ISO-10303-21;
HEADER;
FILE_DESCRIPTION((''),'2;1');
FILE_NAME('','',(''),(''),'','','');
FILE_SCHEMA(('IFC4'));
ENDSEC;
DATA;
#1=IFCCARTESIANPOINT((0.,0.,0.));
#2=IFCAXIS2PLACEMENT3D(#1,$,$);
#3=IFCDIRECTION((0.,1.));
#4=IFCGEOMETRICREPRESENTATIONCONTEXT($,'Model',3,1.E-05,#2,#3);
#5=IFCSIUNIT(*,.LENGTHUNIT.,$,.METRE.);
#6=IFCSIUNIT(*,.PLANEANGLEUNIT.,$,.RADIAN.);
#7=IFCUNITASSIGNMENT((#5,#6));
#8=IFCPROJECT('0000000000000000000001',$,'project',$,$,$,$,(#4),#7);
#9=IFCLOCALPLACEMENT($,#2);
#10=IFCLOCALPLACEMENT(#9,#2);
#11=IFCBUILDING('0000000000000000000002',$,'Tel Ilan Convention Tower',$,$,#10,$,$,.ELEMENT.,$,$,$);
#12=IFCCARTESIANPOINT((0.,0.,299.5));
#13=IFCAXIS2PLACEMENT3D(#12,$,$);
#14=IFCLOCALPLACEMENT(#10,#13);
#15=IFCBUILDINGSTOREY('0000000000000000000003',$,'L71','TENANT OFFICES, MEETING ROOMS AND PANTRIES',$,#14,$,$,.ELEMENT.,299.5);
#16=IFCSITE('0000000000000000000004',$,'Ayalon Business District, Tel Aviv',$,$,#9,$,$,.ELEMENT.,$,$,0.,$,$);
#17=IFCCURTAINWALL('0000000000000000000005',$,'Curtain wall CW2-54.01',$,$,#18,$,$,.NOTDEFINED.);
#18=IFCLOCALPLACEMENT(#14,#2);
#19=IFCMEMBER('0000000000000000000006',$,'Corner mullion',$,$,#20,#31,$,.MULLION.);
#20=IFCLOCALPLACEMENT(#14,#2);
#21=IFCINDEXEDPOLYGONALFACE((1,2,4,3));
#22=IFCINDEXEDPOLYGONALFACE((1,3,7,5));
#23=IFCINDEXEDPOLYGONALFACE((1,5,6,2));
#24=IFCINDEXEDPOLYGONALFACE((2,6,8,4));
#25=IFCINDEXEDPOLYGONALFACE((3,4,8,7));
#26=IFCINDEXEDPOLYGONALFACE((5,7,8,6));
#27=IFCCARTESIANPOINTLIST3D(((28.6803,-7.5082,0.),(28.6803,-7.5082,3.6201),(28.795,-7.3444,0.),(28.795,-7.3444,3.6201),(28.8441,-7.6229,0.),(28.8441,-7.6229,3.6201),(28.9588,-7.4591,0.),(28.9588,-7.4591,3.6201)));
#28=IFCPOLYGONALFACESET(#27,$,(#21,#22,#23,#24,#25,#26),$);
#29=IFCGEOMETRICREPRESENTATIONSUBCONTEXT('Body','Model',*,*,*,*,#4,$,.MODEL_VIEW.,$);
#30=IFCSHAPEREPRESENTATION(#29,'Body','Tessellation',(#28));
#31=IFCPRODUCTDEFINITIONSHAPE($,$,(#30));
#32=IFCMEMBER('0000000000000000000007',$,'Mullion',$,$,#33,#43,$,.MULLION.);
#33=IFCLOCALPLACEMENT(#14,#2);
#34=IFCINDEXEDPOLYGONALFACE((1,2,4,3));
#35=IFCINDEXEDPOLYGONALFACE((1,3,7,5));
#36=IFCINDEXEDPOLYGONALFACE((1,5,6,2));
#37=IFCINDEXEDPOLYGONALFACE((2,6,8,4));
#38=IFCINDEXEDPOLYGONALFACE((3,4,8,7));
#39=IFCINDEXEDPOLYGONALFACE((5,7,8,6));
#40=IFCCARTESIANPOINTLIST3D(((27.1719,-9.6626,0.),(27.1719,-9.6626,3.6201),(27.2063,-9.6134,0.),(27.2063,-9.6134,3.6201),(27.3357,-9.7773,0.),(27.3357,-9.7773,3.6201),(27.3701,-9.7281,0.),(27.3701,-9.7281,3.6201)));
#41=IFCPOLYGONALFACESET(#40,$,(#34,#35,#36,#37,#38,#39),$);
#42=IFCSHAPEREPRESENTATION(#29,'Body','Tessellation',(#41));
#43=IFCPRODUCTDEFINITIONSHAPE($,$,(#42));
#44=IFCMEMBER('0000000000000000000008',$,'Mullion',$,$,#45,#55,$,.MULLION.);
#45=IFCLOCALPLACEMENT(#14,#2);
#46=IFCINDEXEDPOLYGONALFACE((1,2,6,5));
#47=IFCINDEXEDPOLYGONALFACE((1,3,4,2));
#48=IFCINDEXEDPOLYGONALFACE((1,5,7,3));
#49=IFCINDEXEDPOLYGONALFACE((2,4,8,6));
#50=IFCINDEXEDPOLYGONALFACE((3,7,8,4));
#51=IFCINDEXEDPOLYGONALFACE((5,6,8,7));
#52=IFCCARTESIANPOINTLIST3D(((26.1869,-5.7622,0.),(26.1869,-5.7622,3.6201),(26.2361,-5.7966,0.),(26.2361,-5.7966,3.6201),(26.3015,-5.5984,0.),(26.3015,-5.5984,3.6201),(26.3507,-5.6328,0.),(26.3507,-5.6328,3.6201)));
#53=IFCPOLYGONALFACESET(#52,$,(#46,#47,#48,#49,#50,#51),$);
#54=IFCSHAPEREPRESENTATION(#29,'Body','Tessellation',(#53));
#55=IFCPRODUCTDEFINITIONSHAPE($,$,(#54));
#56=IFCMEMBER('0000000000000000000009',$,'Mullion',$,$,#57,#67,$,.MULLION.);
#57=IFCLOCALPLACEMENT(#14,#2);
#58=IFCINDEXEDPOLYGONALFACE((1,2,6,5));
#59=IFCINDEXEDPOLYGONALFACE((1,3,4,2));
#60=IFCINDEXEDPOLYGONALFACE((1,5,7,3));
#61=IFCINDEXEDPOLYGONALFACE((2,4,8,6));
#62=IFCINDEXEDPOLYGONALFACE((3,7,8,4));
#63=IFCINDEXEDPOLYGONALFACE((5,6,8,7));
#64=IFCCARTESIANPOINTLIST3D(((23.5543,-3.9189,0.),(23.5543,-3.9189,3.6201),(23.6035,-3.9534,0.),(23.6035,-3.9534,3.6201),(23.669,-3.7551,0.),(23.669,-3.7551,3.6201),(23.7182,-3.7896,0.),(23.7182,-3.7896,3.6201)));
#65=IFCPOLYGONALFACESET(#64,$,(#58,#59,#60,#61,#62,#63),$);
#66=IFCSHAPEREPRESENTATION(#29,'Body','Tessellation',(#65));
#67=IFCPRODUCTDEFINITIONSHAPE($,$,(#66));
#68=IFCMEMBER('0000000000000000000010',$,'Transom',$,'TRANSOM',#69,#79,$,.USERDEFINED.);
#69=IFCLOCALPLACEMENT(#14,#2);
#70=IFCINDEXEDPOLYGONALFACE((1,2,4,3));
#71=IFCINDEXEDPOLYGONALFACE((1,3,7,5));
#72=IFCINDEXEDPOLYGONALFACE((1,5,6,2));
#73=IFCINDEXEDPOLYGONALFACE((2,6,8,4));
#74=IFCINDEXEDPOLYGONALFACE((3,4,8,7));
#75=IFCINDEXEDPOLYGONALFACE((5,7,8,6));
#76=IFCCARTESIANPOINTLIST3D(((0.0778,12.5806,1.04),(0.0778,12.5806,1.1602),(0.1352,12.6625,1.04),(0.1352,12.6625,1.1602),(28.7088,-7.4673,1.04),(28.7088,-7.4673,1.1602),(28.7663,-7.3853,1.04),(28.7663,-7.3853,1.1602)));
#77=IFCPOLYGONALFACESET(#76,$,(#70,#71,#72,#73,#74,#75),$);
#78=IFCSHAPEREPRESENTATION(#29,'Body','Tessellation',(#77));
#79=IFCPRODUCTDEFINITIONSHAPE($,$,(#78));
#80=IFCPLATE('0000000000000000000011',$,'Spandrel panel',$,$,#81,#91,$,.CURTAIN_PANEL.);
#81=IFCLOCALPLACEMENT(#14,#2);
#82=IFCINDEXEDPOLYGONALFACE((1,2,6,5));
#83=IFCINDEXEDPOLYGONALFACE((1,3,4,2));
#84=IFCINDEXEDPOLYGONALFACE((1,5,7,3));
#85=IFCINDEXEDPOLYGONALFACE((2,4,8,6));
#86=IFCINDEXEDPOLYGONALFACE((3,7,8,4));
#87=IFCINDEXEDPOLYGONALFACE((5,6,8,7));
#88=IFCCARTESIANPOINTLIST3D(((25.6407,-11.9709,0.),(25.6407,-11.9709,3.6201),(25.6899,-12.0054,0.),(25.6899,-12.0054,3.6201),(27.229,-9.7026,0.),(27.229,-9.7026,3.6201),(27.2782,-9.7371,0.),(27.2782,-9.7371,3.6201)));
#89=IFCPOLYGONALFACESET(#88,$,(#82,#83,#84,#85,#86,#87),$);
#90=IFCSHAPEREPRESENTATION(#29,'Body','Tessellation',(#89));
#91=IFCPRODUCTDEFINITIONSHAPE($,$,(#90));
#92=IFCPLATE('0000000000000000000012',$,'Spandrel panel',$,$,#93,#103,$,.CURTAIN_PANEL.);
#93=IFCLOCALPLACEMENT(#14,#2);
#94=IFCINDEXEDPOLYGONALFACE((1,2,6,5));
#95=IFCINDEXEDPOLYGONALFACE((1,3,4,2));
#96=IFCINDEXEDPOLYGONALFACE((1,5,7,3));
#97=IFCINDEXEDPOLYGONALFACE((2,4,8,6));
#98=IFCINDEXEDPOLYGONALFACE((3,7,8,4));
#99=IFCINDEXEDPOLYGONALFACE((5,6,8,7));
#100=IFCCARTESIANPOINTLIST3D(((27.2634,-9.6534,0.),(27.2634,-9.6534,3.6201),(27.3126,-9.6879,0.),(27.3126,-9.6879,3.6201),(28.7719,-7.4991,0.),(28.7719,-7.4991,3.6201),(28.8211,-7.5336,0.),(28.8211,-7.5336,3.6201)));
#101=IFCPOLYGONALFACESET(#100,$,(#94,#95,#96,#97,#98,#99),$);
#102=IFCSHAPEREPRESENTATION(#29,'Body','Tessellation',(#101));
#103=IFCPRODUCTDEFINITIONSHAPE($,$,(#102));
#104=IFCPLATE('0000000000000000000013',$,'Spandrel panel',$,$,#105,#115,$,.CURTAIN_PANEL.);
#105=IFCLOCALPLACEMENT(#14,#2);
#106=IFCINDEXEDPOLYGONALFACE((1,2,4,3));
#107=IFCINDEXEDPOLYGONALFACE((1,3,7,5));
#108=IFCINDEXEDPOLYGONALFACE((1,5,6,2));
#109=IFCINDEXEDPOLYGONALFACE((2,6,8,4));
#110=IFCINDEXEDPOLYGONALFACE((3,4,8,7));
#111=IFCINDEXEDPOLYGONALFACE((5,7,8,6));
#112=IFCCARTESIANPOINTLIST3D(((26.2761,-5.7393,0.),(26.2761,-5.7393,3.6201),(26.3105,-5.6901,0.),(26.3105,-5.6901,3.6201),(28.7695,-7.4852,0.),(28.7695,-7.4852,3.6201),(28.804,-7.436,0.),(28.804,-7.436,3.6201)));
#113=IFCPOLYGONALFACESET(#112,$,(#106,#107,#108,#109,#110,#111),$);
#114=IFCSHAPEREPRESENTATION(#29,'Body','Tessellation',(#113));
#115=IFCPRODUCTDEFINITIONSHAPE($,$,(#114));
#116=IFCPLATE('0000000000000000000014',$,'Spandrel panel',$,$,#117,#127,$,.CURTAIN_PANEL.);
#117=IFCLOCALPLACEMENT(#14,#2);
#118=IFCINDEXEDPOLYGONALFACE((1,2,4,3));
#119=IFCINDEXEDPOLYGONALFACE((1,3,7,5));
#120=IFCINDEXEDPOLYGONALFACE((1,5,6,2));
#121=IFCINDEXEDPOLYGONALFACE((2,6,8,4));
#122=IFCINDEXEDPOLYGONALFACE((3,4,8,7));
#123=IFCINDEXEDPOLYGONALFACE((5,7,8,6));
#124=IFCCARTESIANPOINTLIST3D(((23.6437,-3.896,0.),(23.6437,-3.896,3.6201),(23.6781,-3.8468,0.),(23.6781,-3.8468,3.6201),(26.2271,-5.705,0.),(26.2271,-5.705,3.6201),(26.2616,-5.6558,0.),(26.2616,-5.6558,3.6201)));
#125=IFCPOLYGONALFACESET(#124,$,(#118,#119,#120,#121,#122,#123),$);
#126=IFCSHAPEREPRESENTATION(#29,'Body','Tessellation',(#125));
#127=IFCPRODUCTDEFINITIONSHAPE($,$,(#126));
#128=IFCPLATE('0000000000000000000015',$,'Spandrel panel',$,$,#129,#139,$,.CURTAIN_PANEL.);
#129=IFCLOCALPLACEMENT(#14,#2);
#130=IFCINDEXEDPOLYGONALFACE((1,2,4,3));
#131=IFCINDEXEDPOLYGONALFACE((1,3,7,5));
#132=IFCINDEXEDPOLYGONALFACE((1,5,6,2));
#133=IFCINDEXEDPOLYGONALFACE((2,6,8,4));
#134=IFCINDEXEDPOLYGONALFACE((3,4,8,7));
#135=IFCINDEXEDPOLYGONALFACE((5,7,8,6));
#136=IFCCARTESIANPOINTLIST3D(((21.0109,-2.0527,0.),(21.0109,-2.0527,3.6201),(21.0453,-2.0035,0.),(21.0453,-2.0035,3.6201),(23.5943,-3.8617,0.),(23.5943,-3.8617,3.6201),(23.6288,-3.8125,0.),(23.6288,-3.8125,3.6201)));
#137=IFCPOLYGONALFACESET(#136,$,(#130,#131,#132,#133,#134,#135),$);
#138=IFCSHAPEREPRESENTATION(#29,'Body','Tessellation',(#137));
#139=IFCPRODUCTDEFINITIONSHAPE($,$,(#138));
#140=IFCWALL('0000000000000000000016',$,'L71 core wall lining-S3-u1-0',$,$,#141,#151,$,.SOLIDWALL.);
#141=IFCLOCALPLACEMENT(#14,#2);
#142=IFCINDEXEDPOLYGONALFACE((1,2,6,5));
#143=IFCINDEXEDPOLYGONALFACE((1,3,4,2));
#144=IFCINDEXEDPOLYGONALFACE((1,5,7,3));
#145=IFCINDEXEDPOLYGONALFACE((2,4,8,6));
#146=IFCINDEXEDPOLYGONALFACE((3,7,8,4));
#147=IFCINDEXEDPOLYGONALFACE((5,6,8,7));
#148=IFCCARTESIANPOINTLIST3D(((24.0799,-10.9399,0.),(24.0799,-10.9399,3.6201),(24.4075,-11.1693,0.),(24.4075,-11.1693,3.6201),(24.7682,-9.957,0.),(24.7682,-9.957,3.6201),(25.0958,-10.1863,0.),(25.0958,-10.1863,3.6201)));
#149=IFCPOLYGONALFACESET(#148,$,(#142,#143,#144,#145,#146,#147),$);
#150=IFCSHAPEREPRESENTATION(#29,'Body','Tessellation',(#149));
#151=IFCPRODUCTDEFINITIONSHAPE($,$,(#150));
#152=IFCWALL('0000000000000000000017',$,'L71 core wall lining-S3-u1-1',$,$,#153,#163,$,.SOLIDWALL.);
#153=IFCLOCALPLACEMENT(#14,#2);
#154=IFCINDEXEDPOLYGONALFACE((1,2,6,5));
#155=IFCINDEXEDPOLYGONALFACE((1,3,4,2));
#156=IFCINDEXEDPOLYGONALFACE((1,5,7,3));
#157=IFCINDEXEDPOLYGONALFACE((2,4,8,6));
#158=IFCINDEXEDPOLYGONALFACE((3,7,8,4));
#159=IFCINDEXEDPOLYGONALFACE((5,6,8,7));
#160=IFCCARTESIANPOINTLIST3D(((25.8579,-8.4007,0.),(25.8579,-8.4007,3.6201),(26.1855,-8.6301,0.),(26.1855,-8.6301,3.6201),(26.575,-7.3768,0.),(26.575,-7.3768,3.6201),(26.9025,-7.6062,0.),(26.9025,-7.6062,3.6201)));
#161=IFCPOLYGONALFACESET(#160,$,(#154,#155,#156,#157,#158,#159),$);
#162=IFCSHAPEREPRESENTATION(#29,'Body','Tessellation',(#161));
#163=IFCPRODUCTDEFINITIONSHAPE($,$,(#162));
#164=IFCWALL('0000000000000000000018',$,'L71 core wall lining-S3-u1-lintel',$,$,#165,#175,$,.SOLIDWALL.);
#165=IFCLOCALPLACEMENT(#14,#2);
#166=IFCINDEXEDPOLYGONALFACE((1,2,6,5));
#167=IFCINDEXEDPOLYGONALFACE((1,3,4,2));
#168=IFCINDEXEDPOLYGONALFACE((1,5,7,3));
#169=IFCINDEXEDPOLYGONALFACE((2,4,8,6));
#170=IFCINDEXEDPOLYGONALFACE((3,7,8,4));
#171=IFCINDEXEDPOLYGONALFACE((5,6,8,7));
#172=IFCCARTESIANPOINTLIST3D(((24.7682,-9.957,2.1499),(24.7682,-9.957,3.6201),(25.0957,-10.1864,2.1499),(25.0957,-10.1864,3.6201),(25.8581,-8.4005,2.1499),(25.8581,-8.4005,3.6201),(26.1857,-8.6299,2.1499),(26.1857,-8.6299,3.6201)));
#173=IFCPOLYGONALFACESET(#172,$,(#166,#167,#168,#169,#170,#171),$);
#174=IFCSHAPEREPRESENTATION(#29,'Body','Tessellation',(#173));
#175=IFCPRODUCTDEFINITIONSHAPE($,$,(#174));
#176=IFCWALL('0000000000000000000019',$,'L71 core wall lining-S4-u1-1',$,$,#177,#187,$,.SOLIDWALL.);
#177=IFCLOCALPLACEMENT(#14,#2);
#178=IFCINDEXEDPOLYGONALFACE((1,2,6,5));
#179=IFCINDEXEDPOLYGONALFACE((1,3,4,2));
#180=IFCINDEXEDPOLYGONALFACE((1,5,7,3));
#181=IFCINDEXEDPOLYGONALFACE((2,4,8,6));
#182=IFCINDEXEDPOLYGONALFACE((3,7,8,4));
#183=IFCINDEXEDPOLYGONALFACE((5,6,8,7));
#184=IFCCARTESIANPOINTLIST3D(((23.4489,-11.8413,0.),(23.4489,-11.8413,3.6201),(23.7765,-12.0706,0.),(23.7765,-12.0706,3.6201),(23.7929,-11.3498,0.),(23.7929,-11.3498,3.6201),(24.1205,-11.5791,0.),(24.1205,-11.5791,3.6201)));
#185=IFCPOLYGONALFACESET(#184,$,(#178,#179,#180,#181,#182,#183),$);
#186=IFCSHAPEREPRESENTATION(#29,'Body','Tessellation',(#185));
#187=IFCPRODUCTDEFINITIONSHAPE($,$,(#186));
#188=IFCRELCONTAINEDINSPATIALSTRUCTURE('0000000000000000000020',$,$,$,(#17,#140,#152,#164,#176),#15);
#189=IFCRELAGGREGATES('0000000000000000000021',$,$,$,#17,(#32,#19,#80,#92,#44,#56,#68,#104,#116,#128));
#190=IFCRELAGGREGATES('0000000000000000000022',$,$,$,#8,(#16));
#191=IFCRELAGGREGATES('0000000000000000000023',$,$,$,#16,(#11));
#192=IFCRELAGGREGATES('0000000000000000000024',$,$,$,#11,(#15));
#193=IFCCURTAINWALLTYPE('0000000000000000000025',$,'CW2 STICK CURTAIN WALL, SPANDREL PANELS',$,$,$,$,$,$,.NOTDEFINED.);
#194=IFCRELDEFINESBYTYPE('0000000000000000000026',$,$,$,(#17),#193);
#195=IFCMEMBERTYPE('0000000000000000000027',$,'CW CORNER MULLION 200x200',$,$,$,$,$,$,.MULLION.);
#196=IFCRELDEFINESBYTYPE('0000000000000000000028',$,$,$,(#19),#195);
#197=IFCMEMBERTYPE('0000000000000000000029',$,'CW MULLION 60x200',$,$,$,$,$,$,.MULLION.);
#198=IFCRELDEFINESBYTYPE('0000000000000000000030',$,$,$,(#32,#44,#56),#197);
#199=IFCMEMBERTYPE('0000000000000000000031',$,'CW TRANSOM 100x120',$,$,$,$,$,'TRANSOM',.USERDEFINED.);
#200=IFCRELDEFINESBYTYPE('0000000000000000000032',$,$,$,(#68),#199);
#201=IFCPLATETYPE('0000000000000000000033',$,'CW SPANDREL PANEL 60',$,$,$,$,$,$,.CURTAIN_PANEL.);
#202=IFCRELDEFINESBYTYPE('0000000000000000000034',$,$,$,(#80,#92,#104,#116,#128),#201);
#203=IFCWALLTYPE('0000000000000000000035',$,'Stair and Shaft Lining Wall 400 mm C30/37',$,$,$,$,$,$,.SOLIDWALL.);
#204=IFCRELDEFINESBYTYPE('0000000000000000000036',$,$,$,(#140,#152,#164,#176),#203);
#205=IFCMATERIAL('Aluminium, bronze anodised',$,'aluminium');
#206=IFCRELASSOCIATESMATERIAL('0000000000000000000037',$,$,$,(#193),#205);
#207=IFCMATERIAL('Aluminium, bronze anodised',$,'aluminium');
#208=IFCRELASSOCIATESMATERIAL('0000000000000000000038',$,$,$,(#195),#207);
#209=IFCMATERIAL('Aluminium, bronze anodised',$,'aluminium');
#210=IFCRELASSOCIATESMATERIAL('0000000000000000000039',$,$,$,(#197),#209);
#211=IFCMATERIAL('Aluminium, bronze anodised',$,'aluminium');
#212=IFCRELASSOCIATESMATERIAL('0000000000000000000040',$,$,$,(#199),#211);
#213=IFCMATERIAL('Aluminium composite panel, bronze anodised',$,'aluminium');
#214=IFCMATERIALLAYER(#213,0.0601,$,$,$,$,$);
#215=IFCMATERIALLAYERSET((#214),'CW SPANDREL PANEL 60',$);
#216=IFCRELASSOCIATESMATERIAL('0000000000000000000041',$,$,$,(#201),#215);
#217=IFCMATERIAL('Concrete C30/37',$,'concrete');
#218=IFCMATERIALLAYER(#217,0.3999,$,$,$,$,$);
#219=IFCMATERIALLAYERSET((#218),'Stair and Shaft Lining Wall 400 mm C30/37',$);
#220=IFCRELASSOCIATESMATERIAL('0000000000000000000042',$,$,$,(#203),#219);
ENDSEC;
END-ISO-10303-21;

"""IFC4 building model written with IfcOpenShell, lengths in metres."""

from ifc_helpers import new_model, si_unit, direction, frame, frame_2d, origin, origin_2d, place, context, subcontext, project, spatial, rectangle, extrude, material, layer, layer_set, material_profile, profile_set, type_object, element, aggregate, save


model = new_model("IFC4")

# Units and contexts
model_context = context("Model", 3, precision=1e-05, world=origin(), true_north=direction((0.0, 1.0)))
body_context = subcontext(model_context, "Body", "Model", "MODEL_VIEW")
ifc_project = project(units=[si_unit("LENGTHUNIT", "METRE"), si_unit("PLANEANGLEUNIT", "RADIAN")], contexts=[model_context])

# Site, building, storey
site_placement = place(None, origin())
site = spatial("IfcSite", under=ifc_project, at=site_placement, Name="Ayalon Business District, Tel Aviv", CompositionType="ELEMENT", RefElevation=0.0)
building_placement = place(site_placement, origin())
building = spatial("IfcBuilding", under=site, at=building_placement, Name="Tel Ilan Convention Tower", CompositionType="ELEMENT")
storey_placement = place(building_placement, frame((0.0, 0.0, 299.5)))
storey = spatial("IfcBuildingStorey", under=building, at=storey_placement, Name="L71", Description="TENANT OFFICES, MEETING ROOMS AND PANTRIES", CompositionType="ELEMENT", Elevation=299.5)

# Curtain wall, members, plates
ifc_material_1 = material(Name="Aluminium, bronze anodised", Category="aluminium")
curtain_wall_type = type_object("IfcCurtainWallType", Name="CW2 STICK CURTAIN WALL, SPANDREL PANELS", PredefinedType="NOTDEFINED", material=ifc_material_1)
curtain_wall_placement = place(storey_placement, origin())
curtain_wall = element("IfcCurtainWall", 1, at=curtain_wall_placement, inside=storey, type_object=curtain_wall_type, Name="Curtain wall CW2-54.01", PredefinedType="NOTDEFINED")
ifc_material_2 = material(Name="Aluminium, bronze anodised", Category="aluminium")
ifc_material_profile_1 = material_profile(ifc_material_2, rectangle(XDim=0.2, YDim=0.2, at=origin_2d()), Name="CW CORNER MULLION 200x200")
ifc_profile_set_1 = profile_set([ifc_material_profile_1], Name="Aluminium, bronze anodised")
member_type_1 = type_object("IfcMemberType", Name="CW CORNER MULLION 200x200", PredefinedType="MULLION", material=ifc_profile_set_1)
member_1_placement = place(storey_placement, frame((28.8196, -7.4836, 0.0), z_axis=(0.0, 0.0, 1.0), x_axis=(0.573576, 0.819152, 0.0)))
member_1 = element("IfcMember", 2, at=member_1_placement, type_object=member_type_1, Name="Corner mullion", PredefinedType="MULLION", context=body_context, shape_type="SweptSolid", body=[
    extrude(rectangle(XDim=0.2, YDim=0.2, at=origin_2d()), origin(), (0.0, 0.0, 1.0), 3.6201),
])
ifc_material_3 = material(Name="Aluminium, bronze anodised", Category="aluminium")
ifc_material_profile_2 = material_profile(ifc_material_3, rectangle(XDim=0.0601, YDim=0.2, at=origin_2d()), Name="CW MULLION 60x200")
ifc_profile_set_2 = profile_set([ifc_material_profile_2], Name="Aluminium, bronze anodised")
member_type_2 = type_object("IfcMemberType", Name="CW MULLION 60x200", PredefinedType="MULLION", material=ifc_profile_set_2)
member_2_placement = place(storey_placement, frame((27.271, -9.6953, 0.0), z_axis=(0.0, 0.0, 1.0), x_axis=(0.573576, 0.819152, 0.0)))
member_2 = element("IfcMember", 3, at=member_2_placement, type_object=member_type_2, Name="Mullion", PredefinedType="MULLION", context=body_context, shape_type="SweptSolid", body=[
    extrude(rectangle(XDim=0.0601, YDim=0.2, at=origin_2d()), origin(), (0.0, 0.0, 1.0), 3.6201),
])
member_3_placement = place(storey_placement, frame((26.2688, -5.6975, 0.0), z_axis=(0.0, 0.0, 1.0), x_axis=(-0.819152, 0.573576, 0.0)))
member_3 = element("IfcMember", 4, at=member_3_placement, type_object=member_type_2, Name="Mullion", PredefinedType="MULLION", context=body_context, shape_type="SweptSolid", body=[
    extrude(rectangle(XDim=0.0601, YDim=0.2, at=origin_2d()), origin(), (0.0, 0.0, 1.0), 3.6201),
])
member_4_placement = place(storey_placement, frame((23.6362, -3.8542, 0.0), z_axis=(0.0, 0.0, 1.0), x_axis=(-0.819152, 0.573576, 0.0)))
member_4 = element("IfcMember", 5, at=member_4_placement, type_object=member_type_2, Name="Mullion", PredefinedType="MULLION", context=body_context, shape_type="SweptSolid", body=[
    extrude(rectangle(XDim=0.0601, YDim=0.2, at=origin_2d()), origin(), (0.0, 0.0, 1.0), 3.6201),
])
ifc_material_4 = material(Name="Aluminium, bronze anodised", Category="aluminium")
ifc_material_profile_3 = material_profile(ifc_material_4, rectangle(XDim=0.1001, YDim=0.1201, at=origin_2d()), Name="CW TRANSOM 100x120")
ifc_profile_set_3 = profile_set([ifc_material_profile_3], Name="Aluminium, bronze anodised")
member_type_3 = type_object("IfcMemberType", Name="CW TRANSOM 100x120", ElementType="TRANSOM", PredefinedType="USERDEFINED", material=ifc_profile_set_3)
member_5_placement = place(storey_placement, frame((28.7375, -7.4263, 1.1001), z_axis=(-0.81915, 0.573579, 0.0), x_axis=(-0.573579, -0.81915, 0.0)))
member_5 = element("IfcMember", 6, at=member_5_placement, type_object=member_type_3, Name="Transom", ObjectType="TRANSOM", PredefinedType="USERDEFINED", context=body_context, shape_type="SweptSolid", body=[
    extrude(rectangle(XDim=0.1001, YDim=0.1201, at=origin_2d()), origin(), (0.0, 0.0, 1.0), 34.9521),
])
ifc_material_5 = material(Name="Aluminium composite panel, bronze anodised", Category="aluminium")
ifc_layer_1 = layer(ifc_material_5, 0.0601)
ifc_layer_set_1 = layer_set([ifc_layer_1], Name="CW SPANDREL PANEL 60")
plate_type = type_object("IfcPlateType", Name="CW SPANDREL PANEL 60", PredefinedType="CURTAIN_PANEL", material=ifc_layer_set_1)
plate_1_placement = place(storey_placement, frame((26.4595, -10.854, 0.0), z_axis=(0.0, 0.0, 1.0), x_axis=(0.573576, 0.819152, 0.0)))
plate_1 = element("IfcPlate", 7, at=plate_1_placement, type_object=plate_type, Name="Spandrel panel", PredefinedType="CURTAIN_PANEL", context=body_context, shape_type="SweptSolid", body=[
    extrude(rectangle(XDim=2.769, YDim=0.0601, at=origin_2d()), origin(), (0.0, 0.0, 1.0), 3.6201),
])
plate_2_placement = place(storey_placement, frame((28.0422, -8.5935, 0.0), z_axis=(0.0, 0.0, 1.0), x_axis=(0.573576, 0.819152, 0.0)))
plate_2 = element("IfcPlate", 8, at=plate_2_placement, type_object=plate_type, Name="Spandrel panel", PredefinedType="CURTAIN_PANEL", context=body_context, shape_type="SweptSolid", body=[
    extrude(rectangle(XDim=2.6299, YDim=0.0601, at=origin_2d()), origin(), (0.0, 0.0, 1.0), 3.6201),
])
plate_3_placement = place(storey_placement, frame((27.54, -6.5876, 0.0), z_axis=(0.0, 0.0, 1.0), x_axis=(-0.819152, 0.573576, 0.0)))
plate_3 = element("IfcPlate", 9, at=plate_3_placement, type_object=plate_type, Name="Spandrel panel", PredefinedType="CURTAIN_PANEL", context=body_context, shape_type="SweptSolid", body=[
    extrude(rectangle(XDim=3.0439, YDim=0.0601, at=origin_2d()), origin(), (0.0, 0.0, 1.0), 3.6201),
])
plate_4_placement = place(storey_placement, frame((24.9526, -4.7759, 0.0), z_axis=(0.0, 0.0, 1.0), x_axis=(-0.819152, 0.573576, 0.0)))
plate_4 = element("IfcPlate", 10, at=plate_4_placement, type_object=plate_type, Name="Spandrel panel", PredefinedType="CURTAIN_PANEL", context=body_context, shape_type="SweptSolid", body=[
    extrude(rectangle(XDim=3.1538, YDim=0.0601, at=origin_2d()), origin(), (0.0, 0.0, 1.0), 3.6201),
])
plate_5_placement = place(storey_placement, frame((22.3198, -2.9326, 0.0), z_axis=(0.0, 0.0, 1.0), x_axis=(-0.819152, 0.573576, 0.0)))
plate_5 = element("IfcPlate", 11, at=plate_5_placement, type_object=plate_type, Name="Spandrel panel", PredefinedType="CURTAIN_PANEL", context=body_context, shape_type="SweptSolid", body=[
    extrude(rectangle(XDim=3.1538, YDim=0.0601, at=origin_2d()), origin(), (0.0, 0.0, 1.0), 3.6201),
])
aggregate(curtain_wall, [member_2, member_1, plate_1, plate_2, member_3, member_4, member_5, plate_3, plate_4, plate_5])

# Walls
ifc_material_6 = material(Name="Concrete C30/37", Category="concrete")
ifc_layer_2 = layer(ifc_material_6, 0.3999)
ifc_layer_set_2 = layer_set([ifc_layer_2], Name="Stair and Shaft Lining Wall 400 mm C30/37")
wall_type = type_object("IfcWallType", Name="Stair and Shaft Lining Wall 400 mm C30/37", PredefinedType="SOLIDWALL", material=ifc_layer_set_2)
wall_1_placement = place(storey_placement, frame((24.2437, -11.0547, 0.0), z_axis=(0.0, 0.0, 1.0), x_axis=(0.573572, 0.819155, 0.0)))
element("IfcWall", 12, at=wall_1_placement, inside=storey, type_object=wall_type, Name="L71 core wall lining-S3-u1-0", PredefinedType="SOLIDWALL", context=body_context, shape_type="SweptSolid", body=[
    extrude(rectangle(XDim=1.2, YDim=0.3999, at=frame_2d((0.6001, 0.0))), origin(), (0.0, 0.0, 1.0), 3.6201),
])
wall_2_placement = place(storey_placement, frame((26.0217, -8.5154, 0.0), z_axis=(0.0, 0.0, 1.0), x_axis=(0.57362, 0.819122, 0.0)))
element("IfcWall", 13, at=wall_2_placement, inside=storey, type_object=wall_type, Name="L71 core wall lining-S3-u1-1", PredefinedType="SOLIDWALL", context=body_context, shape_type="SweptSolid", body=[
    extrude(rectangle(XDim=1.25, YDim=0.3999, at=frame_2d((0.625, 0.0))), origin(), (0.0, 0.0, 1.0), 3.6201),
])
wall_3_placement = place(storey_placement, frame((24.9319, -10.0718, 2.1499), z_axis=(0.0, 0.0, 1.0), x_axis=(0.573592, 0.819141, 0.0)))
element("IfcWall", 14, at=wall_3_placement, inside=storey, type_object=wall_type, Name="L71 core wall lining-S3-u1-lintel", PredefinedType="SOLIDWALL", context=body_context, shape_type="SweptSolid", body=[
    extrude(rectangle(XDim=1.9001, YDim=0.3999, at=frame_2d((0.9502, 0.0))), origin(), (0.0, 0.0, 1.0), 1.4702),
])
wall_4_placement = place(storey_placement, frame((23.6128, -11.9558, 0.0), z_axis=(0.0, 0.0, 1.0), x_axis=(0.573435, 0.819251, 0.0)))
element("IfcWall", 15, at=wall_4_placement, inside=storey, type_object=wall_type, Name="L71 core wall lining-S4-u1-1", PredefinedType="SOLIDWALL", context=body_context, shape_type="SweptSolid", body=[
    extrude(rectangle(XDim=0.5999, YDim=0.3999, at=frame_2d((0.2998, 0.0))), origin(), (0.0, 0.0, 1.0), 3.6201),
])

save(model, "model.ifc")
